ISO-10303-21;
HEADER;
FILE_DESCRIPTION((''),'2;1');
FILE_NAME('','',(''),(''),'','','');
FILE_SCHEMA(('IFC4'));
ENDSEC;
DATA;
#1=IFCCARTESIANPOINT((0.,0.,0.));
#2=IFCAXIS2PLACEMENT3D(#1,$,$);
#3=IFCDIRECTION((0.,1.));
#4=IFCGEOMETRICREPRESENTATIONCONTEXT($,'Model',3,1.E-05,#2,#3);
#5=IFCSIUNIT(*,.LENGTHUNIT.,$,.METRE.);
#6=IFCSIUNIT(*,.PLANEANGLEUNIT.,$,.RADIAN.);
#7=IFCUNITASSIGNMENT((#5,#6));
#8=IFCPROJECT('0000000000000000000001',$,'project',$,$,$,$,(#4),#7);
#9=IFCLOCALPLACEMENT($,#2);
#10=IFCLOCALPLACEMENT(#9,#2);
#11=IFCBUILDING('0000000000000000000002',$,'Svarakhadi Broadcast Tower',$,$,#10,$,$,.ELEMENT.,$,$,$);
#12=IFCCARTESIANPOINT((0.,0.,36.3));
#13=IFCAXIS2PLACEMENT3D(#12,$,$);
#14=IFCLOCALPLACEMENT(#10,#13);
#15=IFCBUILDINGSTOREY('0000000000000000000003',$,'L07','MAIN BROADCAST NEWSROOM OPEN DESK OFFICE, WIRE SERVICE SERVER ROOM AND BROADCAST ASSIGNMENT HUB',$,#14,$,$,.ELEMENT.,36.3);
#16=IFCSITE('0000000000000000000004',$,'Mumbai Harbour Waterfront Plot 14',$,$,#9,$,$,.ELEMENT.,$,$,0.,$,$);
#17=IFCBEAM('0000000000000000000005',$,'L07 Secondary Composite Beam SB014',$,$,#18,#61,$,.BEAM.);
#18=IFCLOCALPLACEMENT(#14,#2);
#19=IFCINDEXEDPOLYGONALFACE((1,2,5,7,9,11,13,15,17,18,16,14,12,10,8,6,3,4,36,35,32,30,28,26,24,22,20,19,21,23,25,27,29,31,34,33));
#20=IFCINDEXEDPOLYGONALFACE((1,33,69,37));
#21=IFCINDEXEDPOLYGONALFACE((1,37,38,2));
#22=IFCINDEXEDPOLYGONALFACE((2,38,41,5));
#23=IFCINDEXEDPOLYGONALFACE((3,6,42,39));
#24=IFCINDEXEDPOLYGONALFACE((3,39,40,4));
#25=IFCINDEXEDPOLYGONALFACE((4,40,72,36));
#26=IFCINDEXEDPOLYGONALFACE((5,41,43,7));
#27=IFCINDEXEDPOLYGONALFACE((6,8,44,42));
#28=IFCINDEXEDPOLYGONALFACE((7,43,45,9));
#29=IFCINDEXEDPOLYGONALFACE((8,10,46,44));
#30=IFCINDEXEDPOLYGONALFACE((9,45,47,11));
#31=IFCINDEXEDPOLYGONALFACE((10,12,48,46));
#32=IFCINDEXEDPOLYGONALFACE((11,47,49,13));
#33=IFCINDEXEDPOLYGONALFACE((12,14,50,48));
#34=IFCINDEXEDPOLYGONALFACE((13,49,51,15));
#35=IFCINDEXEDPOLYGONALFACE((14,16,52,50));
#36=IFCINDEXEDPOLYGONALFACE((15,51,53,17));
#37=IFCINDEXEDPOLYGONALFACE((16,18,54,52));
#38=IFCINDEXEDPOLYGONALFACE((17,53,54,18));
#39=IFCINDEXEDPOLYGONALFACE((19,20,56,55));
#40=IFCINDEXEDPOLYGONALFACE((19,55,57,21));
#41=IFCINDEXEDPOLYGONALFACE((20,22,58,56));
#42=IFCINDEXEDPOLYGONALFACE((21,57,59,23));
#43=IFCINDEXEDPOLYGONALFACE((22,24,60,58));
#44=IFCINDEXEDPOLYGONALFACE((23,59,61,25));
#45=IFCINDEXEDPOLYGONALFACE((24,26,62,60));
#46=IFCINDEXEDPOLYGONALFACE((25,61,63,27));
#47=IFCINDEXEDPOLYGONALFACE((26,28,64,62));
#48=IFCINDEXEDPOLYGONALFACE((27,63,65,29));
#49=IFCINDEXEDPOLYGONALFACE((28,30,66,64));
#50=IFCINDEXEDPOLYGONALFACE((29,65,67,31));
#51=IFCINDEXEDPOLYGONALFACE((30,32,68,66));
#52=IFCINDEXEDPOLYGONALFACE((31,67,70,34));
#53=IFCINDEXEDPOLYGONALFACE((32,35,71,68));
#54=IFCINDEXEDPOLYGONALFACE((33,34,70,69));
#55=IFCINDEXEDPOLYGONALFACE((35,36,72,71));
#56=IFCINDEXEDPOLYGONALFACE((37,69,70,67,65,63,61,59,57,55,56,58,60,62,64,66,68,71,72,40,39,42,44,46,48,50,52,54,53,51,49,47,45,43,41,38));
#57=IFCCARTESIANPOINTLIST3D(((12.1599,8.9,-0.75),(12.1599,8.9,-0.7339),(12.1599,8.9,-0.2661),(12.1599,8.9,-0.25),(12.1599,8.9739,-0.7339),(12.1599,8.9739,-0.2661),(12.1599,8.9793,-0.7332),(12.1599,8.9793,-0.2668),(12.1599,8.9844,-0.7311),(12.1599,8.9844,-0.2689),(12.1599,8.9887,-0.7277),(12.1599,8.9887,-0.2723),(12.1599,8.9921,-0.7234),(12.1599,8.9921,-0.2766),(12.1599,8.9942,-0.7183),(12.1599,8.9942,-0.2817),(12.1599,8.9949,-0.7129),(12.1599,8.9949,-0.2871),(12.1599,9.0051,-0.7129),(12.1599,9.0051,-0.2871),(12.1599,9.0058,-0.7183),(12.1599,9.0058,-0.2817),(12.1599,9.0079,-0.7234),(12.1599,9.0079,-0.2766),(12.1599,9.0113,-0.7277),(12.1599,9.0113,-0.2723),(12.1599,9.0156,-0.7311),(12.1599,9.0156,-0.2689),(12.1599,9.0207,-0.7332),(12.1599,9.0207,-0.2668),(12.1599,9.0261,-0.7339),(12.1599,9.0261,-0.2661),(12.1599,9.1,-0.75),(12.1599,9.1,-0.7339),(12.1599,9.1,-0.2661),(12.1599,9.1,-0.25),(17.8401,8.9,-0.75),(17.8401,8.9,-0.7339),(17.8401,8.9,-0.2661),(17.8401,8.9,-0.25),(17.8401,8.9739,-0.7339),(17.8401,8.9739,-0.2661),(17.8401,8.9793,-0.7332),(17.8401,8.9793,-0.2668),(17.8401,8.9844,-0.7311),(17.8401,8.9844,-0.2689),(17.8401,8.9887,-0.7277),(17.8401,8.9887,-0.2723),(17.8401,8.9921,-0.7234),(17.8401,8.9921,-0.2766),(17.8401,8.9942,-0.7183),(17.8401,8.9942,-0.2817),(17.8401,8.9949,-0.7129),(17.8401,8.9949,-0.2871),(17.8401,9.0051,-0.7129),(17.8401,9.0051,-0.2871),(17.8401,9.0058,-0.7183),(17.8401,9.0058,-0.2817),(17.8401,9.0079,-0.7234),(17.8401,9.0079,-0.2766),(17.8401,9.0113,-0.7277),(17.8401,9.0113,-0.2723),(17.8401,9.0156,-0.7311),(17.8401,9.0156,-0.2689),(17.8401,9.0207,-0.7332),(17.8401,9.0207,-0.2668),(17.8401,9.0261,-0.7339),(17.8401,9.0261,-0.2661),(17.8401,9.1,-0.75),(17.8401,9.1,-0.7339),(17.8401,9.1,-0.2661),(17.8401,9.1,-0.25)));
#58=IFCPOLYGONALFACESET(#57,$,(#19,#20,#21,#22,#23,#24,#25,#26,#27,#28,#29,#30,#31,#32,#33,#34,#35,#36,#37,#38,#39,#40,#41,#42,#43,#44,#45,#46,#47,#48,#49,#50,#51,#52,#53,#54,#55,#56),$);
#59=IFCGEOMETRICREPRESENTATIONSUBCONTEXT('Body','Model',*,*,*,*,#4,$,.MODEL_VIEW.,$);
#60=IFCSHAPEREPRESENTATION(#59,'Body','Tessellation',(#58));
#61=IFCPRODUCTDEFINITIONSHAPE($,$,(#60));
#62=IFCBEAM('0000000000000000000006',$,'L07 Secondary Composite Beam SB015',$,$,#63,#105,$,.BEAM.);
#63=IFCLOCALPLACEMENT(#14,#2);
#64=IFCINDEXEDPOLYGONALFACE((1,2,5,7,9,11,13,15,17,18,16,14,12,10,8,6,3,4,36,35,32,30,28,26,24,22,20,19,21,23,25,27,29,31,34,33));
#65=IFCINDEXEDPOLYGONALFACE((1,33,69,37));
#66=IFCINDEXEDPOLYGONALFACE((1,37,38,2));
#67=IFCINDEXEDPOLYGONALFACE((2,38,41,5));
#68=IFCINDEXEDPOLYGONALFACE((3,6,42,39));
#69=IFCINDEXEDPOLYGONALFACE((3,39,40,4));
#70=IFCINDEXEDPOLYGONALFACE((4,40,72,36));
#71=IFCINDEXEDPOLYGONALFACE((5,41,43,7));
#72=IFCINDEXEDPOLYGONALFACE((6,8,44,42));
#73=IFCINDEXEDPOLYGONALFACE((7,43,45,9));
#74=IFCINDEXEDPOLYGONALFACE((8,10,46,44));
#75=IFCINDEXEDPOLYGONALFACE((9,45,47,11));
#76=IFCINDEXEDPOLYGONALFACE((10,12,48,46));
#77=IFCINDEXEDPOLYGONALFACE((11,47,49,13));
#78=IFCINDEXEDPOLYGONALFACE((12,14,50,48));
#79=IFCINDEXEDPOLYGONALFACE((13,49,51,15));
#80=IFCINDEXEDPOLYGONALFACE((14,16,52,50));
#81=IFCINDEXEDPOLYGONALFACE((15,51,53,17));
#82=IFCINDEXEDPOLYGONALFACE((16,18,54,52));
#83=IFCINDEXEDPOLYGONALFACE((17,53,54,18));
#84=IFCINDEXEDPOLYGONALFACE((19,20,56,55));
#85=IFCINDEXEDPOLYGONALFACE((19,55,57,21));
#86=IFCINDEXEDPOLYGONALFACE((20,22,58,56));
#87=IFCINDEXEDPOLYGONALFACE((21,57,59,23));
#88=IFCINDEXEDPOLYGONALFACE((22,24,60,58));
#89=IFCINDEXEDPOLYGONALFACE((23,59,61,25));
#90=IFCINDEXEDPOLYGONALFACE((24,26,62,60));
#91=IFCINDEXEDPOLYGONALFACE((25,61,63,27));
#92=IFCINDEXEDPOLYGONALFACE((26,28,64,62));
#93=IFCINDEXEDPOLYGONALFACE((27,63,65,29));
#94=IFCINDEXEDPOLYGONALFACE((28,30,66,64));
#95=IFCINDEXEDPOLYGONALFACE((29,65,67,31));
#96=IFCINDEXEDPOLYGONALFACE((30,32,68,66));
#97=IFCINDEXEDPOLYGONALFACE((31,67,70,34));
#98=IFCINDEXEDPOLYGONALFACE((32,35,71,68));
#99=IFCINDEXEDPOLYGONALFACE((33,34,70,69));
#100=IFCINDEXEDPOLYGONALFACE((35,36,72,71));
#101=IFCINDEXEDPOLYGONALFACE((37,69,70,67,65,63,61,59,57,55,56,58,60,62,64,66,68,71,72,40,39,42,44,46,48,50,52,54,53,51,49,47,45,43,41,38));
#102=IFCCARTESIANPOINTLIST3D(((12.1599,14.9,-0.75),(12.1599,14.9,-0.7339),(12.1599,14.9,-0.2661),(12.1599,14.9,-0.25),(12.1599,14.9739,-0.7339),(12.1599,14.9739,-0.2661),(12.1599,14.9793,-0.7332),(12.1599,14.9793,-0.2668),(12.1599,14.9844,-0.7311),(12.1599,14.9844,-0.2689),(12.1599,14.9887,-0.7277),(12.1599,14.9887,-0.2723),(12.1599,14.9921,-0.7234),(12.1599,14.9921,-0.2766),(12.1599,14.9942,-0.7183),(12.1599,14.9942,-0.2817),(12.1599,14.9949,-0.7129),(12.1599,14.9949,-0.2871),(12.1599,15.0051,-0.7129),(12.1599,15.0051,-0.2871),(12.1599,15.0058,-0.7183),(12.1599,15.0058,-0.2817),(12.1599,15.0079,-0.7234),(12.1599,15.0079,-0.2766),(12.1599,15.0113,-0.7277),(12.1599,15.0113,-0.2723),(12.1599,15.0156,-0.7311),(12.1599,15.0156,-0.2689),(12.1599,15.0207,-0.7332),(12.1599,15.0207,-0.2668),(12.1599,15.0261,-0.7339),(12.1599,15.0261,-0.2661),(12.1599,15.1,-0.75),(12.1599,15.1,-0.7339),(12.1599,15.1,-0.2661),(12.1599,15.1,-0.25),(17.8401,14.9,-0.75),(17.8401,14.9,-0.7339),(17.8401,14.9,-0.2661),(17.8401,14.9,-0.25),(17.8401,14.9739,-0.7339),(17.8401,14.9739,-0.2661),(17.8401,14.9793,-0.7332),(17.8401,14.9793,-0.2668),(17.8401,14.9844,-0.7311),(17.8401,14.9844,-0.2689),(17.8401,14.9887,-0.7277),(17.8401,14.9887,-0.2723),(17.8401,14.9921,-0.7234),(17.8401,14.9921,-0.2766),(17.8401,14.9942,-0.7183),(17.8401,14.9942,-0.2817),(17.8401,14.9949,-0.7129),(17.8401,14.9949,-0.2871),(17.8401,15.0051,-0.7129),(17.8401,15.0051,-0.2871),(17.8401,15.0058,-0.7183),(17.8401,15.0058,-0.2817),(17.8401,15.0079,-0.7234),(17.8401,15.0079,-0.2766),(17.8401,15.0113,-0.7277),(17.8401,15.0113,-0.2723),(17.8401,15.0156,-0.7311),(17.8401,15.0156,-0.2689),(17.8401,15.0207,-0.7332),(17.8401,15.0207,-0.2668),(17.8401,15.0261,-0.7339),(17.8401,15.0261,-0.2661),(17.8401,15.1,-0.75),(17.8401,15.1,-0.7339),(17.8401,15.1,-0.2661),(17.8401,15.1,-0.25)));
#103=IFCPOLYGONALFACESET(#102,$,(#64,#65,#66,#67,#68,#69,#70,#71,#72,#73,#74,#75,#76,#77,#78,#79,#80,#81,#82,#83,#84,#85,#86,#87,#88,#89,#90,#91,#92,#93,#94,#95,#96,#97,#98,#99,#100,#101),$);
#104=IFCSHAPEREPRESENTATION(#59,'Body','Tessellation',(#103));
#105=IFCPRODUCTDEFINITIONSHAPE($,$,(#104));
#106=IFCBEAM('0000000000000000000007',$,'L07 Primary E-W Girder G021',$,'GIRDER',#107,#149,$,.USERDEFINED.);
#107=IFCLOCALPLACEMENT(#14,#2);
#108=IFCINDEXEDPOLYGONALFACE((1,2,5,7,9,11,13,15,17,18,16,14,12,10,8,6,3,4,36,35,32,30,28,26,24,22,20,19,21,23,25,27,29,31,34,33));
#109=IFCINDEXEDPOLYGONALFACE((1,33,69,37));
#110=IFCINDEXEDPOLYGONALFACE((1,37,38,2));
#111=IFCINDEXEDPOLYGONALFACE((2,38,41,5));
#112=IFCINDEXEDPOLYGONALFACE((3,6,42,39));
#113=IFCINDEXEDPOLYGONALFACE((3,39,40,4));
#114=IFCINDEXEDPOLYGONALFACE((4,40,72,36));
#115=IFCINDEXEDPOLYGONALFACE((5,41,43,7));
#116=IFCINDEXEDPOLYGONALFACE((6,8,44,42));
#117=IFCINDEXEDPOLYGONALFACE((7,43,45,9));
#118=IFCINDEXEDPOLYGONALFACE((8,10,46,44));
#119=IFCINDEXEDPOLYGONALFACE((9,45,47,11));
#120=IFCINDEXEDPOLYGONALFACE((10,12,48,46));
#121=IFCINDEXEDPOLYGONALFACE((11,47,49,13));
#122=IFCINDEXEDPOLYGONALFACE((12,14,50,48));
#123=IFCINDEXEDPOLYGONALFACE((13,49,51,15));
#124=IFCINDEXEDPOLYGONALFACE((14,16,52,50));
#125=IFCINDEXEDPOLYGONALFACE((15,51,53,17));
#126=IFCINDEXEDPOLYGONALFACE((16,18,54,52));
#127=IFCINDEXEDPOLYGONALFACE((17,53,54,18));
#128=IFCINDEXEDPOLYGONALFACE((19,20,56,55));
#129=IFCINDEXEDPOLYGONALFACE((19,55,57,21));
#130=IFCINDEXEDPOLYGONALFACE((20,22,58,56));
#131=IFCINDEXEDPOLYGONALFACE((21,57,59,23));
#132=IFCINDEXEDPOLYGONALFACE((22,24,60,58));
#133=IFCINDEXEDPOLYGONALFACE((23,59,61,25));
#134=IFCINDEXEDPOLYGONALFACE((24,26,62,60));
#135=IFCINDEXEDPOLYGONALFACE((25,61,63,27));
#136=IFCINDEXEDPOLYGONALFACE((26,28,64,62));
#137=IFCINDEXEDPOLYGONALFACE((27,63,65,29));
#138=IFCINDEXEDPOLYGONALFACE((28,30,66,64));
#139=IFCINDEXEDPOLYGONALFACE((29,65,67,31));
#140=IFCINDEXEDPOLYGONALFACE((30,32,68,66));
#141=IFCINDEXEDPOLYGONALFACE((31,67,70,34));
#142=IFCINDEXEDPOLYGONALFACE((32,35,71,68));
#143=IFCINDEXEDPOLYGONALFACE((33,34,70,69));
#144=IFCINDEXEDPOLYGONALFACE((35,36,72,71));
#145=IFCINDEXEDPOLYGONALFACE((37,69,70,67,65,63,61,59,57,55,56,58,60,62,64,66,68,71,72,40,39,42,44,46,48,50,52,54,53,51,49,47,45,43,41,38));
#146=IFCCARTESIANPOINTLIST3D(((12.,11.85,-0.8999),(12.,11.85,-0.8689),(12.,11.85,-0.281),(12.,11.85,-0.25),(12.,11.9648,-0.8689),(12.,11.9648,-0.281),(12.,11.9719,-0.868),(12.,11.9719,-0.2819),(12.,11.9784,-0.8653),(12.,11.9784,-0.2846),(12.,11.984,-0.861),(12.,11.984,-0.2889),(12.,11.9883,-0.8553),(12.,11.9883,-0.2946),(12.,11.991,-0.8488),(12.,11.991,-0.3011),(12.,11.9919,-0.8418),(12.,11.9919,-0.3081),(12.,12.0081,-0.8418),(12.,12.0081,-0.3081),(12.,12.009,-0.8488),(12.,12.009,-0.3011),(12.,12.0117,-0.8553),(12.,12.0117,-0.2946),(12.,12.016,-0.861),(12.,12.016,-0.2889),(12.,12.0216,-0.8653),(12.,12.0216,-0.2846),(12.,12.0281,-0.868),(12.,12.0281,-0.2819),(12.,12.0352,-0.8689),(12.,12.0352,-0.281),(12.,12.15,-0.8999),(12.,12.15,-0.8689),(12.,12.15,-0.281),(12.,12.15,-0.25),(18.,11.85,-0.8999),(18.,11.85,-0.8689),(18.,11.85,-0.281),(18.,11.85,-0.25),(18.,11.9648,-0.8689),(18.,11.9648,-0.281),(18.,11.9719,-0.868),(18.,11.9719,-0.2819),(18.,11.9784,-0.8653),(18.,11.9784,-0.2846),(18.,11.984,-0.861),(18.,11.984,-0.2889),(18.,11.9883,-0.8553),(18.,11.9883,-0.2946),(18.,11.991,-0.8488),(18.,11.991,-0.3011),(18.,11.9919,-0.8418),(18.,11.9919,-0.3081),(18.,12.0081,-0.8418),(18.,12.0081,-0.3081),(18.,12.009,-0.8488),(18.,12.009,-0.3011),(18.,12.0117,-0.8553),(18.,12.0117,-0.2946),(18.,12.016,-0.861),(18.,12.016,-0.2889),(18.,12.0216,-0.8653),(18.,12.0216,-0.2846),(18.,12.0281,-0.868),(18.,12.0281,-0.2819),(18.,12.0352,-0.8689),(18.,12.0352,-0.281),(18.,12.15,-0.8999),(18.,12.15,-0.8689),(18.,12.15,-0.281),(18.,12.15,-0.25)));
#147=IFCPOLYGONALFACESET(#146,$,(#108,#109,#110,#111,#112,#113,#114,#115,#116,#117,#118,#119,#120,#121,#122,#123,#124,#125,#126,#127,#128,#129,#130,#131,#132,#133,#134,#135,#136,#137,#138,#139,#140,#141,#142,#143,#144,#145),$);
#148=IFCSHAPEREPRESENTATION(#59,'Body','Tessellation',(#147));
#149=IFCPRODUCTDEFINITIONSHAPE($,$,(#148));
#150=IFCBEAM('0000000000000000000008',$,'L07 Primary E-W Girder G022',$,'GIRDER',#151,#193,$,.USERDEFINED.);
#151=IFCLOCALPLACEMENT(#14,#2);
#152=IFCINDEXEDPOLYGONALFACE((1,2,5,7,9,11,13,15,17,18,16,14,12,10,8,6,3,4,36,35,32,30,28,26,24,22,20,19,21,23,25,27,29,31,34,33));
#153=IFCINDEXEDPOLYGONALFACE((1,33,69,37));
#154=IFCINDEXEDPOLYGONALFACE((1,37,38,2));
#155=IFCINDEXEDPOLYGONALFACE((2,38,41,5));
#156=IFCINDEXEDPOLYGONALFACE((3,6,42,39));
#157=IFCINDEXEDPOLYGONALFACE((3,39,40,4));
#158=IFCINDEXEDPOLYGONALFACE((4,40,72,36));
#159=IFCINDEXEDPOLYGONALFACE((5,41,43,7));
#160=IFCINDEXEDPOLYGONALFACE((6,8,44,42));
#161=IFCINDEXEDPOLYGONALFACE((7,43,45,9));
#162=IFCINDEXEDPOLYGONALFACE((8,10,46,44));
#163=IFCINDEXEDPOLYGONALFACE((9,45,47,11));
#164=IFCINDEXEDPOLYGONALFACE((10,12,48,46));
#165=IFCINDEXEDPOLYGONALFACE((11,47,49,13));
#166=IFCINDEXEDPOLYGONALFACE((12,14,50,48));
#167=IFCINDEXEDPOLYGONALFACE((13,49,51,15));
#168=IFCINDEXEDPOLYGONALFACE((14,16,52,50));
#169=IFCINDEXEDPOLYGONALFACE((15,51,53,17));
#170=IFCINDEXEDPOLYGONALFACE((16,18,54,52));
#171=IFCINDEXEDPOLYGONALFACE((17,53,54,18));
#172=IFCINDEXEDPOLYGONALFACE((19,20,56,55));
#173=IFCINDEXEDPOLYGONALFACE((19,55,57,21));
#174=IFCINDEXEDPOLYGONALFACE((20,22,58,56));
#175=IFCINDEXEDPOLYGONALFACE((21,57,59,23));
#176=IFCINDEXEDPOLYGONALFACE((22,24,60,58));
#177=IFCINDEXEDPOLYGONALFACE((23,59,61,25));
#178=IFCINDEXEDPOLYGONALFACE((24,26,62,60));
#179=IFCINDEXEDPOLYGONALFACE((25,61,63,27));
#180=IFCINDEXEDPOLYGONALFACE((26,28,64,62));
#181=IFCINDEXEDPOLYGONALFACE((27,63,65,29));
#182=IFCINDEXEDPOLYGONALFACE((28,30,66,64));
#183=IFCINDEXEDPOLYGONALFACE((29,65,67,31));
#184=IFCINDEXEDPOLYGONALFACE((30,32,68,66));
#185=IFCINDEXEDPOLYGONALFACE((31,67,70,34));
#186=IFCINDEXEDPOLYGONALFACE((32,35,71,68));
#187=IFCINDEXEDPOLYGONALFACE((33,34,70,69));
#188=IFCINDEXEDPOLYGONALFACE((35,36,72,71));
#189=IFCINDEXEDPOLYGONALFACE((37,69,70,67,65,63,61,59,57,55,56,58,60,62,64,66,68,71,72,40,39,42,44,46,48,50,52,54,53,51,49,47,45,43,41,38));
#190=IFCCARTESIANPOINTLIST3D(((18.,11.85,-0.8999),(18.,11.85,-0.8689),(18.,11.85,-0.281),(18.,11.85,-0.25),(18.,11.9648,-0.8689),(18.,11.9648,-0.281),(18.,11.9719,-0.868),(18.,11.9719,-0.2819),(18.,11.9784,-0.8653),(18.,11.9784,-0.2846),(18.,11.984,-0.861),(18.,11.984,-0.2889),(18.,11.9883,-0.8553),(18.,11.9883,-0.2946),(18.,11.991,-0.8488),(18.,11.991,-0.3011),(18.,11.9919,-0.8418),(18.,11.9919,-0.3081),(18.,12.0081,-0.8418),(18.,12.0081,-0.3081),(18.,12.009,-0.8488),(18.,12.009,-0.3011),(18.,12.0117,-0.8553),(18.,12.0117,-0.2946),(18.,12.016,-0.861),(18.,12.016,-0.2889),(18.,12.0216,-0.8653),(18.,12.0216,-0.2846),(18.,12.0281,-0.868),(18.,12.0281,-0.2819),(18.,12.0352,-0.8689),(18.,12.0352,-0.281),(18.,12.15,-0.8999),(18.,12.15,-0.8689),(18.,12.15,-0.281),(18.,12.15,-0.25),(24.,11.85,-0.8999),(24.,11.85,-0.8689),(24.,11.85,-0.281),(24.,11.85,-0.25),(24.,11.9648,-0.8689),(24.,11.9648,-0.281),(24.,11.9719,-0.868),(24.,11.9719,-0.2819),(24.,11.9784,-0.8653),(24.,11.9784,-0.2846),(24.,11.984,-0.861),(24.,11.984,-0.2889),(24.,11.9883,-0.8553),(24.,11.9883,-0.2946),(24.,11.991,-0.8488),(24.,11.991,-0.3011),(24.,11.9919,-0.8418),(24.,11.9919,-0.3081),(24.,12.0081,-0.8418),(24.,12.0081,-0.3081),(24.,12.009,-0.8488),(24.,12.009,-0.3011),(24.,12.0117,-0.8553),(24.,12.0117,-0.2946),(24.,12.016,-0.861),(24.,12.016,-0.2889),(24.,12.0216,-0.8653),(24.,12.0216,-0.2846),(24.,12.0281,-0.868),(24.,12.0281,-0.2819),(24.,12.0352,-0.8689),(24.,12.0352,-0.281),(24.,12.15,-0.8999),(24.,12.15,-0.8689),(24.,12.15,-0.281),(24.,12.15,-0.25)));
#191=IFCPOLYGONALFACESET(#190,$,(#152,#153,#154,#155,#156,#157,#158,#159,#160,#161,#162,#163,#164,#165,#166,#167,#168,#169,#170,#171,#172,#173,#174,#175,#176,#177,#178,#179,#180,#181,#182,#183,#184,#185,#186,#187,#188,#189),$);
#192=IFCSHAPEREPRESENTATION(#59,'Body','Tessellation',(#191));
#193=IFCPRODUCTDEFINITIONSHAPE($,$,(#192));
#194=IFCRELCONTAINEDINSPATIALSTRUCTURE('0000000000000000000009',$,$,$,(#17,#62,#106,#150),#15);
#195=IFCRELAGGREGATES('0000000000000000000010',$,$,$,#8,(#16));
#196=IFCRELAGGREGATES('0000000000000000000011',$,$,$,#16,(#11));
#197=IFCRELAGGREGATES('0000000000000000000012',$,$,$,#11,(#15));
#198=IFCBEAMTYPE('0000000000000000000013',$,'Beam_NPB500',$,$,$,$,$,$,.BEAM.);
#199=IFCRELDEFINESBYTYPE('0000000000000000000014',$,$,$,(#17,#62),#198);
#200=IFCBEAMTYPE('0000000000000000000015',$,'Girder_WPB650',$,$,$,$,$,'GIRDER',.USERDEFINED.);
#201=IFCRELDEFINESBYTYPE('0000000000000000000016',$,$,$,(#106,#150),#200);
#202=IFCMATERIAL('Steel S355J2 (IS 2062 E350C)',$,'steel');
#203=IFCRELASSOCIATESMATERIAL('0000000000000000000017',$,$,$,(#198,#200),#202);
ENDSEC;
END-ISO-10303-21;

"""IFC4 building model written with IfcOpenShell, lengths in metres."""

from ifc_helpers import new_model, si_unit, direction, frame, origin, origin_2d, place, context, subcontext, project, spatial, i_section, extrude, material, material_profile, profile_set, type_object, element, save


model = new_model("IFC4")

# Units and contexts
model_context = context("Model", 3, precision=1e-05, world=origin(), true_north=direction((0.0, 1.0)))
body_context = subcontext(model_context, "Body", "Model", "MODEL_VIEW")
ifc_project = project(units=[si_unit("LENGTHUNIT", "METRE"), si_unit("PLANEANGLEUNIT", "RADIAN")], contexts=[model_context])

# Site, building, storey
site_placement = place(None, origin())
site = spatial("IfcSite", under=ifc_project, at=site_placement, Name="Mumbai Harbour Waterfront Plot 14", CompositionType="ELEMENT", RefElevation=0.0)
building_placement = place(site_placement, origin())
building = spatial("IfcBuilding", under=site, at=building_placement, Name="Svarakhadi Broadcast Tower", CompositionType="ELEMENT")
storey_placement = place(building_placement, frame((0.0, 0.0, 36.3)))
storey = spatial("IfcBuildingStorey", under=building, at=storey_placement, Name="L07", Description="MAIN BROADCAST NEWSROOM OPEN DESK OFFICE, WIRE SERVICE SERVER ROOM AND BROADCAST ASSIGNMENT HUB", CompositionType="ELEMENT", Elevation=36.3)

# Beams
ifc_material_1 = material(Name="Steel S355J2 (IS 2062 E350C)", Category="steel")
ifc_material_profile_1 = material_profile(ifc_material_1, i_section(OverallWidth=0.2, OverallDepth=0.5, WebThickness=0.0103, FlangeThickness=0.0161, FilletRadius=0.021, at=origin_2d()), Name="NPB 500x200x91")
ifc_profile_set_1 = profile_set([ifc_material_profile_1], Name="Steel S355J2 (IS 2062 E350C)")
beam_type_1 = type_object("IfcBeamType", Name="Beam_NPB500", PredefinedType="BEAM", material=ifc_profile_set_1)
for number, where, z_axis, x_axis, name in (
    (1, (12.1599, 9.0, -0.5), (1.0, 0.0, 0.0), (0.0, 1.0, 0.0), "L07 Secondary Composite Beam SB014"),
    (2, (12.1599, 15.0, -0.5), (1.0, 0.0, 0.0), (0.0, 1.0, 0.0), "L07 Secondary Composite Beam SB015"),
):
    element("IfcBeam", number, at=place(storey_placement, frame(where, z_axis=z_axis, x_axis=x_axis)), inside=storey, type_object=beam_type_1, Name=name, PredefinedType="BEAM", context=body_context, shape_type="SweptSolid", body=[
        extrude(i_section(OverallWidth=0.2, OverallDepth=0.5, WebThickness=0.0103, FlangeThickness=0.0161, FilletRadius=0.021, at=origin_2d()), origin(), (0.0, 0.0, 1.0), 5.6802),
    ])
ifc_material_profile_2 = material_profile(ifc_material_1, i_section(OverallWidth=0.3, OverallDepth=0.6499, WebThickness=0.0161, FlangeThickness=0.031, FilletRadius=0.0271, at=origin_2d()), Name="WPB 650x300x225")
ifc_profile_set_2 = profile_set([ifc_material_profile_2], Name="Steel S355J2 (IS 2062 E350C)")
beam_type_2 = type_object("IfcBeamType", Name="Girder_WPB650", ElementType="GIRDER", PredefinedType="USERDEFINED", material=ifc_profile_set_2)
for number, where, z_axis, x_axis, name in (
    (3, (12.0, 12.0, -0.575), (1.0, 0.0, 0.0), (0.0, 1.0, 0.0), "L07 Primary E-W Girder G021"),
    (4, (18.0, 12.0, -0.575), (1.0, 0.0, 0.0), (0.0, 1.0, 0.0), "L07 Primary E-W Girder G022"),
):
    element("IfcBeam", number, at=place(storey_placement, frame(where, z_axis=z_axis, x_axis=x_axis)), inside=storey, type_object=beam_type_2, Name=name, ObjectType="GIRDER", PredefinedType="USERDEFINED", context=body_context, shape_type="SweptSolid", body=[
        extrude(i_section(OverallWidth=0.3, OverallDepth=0.6499, WebThickness=0.0161, FlangeThickness=0.031, FilletRadius=0.0271, at=origin_2d()), origin(), (0.0, 0.0, 1.0), 6.0),
    ])

save(model, "model.ifc")
